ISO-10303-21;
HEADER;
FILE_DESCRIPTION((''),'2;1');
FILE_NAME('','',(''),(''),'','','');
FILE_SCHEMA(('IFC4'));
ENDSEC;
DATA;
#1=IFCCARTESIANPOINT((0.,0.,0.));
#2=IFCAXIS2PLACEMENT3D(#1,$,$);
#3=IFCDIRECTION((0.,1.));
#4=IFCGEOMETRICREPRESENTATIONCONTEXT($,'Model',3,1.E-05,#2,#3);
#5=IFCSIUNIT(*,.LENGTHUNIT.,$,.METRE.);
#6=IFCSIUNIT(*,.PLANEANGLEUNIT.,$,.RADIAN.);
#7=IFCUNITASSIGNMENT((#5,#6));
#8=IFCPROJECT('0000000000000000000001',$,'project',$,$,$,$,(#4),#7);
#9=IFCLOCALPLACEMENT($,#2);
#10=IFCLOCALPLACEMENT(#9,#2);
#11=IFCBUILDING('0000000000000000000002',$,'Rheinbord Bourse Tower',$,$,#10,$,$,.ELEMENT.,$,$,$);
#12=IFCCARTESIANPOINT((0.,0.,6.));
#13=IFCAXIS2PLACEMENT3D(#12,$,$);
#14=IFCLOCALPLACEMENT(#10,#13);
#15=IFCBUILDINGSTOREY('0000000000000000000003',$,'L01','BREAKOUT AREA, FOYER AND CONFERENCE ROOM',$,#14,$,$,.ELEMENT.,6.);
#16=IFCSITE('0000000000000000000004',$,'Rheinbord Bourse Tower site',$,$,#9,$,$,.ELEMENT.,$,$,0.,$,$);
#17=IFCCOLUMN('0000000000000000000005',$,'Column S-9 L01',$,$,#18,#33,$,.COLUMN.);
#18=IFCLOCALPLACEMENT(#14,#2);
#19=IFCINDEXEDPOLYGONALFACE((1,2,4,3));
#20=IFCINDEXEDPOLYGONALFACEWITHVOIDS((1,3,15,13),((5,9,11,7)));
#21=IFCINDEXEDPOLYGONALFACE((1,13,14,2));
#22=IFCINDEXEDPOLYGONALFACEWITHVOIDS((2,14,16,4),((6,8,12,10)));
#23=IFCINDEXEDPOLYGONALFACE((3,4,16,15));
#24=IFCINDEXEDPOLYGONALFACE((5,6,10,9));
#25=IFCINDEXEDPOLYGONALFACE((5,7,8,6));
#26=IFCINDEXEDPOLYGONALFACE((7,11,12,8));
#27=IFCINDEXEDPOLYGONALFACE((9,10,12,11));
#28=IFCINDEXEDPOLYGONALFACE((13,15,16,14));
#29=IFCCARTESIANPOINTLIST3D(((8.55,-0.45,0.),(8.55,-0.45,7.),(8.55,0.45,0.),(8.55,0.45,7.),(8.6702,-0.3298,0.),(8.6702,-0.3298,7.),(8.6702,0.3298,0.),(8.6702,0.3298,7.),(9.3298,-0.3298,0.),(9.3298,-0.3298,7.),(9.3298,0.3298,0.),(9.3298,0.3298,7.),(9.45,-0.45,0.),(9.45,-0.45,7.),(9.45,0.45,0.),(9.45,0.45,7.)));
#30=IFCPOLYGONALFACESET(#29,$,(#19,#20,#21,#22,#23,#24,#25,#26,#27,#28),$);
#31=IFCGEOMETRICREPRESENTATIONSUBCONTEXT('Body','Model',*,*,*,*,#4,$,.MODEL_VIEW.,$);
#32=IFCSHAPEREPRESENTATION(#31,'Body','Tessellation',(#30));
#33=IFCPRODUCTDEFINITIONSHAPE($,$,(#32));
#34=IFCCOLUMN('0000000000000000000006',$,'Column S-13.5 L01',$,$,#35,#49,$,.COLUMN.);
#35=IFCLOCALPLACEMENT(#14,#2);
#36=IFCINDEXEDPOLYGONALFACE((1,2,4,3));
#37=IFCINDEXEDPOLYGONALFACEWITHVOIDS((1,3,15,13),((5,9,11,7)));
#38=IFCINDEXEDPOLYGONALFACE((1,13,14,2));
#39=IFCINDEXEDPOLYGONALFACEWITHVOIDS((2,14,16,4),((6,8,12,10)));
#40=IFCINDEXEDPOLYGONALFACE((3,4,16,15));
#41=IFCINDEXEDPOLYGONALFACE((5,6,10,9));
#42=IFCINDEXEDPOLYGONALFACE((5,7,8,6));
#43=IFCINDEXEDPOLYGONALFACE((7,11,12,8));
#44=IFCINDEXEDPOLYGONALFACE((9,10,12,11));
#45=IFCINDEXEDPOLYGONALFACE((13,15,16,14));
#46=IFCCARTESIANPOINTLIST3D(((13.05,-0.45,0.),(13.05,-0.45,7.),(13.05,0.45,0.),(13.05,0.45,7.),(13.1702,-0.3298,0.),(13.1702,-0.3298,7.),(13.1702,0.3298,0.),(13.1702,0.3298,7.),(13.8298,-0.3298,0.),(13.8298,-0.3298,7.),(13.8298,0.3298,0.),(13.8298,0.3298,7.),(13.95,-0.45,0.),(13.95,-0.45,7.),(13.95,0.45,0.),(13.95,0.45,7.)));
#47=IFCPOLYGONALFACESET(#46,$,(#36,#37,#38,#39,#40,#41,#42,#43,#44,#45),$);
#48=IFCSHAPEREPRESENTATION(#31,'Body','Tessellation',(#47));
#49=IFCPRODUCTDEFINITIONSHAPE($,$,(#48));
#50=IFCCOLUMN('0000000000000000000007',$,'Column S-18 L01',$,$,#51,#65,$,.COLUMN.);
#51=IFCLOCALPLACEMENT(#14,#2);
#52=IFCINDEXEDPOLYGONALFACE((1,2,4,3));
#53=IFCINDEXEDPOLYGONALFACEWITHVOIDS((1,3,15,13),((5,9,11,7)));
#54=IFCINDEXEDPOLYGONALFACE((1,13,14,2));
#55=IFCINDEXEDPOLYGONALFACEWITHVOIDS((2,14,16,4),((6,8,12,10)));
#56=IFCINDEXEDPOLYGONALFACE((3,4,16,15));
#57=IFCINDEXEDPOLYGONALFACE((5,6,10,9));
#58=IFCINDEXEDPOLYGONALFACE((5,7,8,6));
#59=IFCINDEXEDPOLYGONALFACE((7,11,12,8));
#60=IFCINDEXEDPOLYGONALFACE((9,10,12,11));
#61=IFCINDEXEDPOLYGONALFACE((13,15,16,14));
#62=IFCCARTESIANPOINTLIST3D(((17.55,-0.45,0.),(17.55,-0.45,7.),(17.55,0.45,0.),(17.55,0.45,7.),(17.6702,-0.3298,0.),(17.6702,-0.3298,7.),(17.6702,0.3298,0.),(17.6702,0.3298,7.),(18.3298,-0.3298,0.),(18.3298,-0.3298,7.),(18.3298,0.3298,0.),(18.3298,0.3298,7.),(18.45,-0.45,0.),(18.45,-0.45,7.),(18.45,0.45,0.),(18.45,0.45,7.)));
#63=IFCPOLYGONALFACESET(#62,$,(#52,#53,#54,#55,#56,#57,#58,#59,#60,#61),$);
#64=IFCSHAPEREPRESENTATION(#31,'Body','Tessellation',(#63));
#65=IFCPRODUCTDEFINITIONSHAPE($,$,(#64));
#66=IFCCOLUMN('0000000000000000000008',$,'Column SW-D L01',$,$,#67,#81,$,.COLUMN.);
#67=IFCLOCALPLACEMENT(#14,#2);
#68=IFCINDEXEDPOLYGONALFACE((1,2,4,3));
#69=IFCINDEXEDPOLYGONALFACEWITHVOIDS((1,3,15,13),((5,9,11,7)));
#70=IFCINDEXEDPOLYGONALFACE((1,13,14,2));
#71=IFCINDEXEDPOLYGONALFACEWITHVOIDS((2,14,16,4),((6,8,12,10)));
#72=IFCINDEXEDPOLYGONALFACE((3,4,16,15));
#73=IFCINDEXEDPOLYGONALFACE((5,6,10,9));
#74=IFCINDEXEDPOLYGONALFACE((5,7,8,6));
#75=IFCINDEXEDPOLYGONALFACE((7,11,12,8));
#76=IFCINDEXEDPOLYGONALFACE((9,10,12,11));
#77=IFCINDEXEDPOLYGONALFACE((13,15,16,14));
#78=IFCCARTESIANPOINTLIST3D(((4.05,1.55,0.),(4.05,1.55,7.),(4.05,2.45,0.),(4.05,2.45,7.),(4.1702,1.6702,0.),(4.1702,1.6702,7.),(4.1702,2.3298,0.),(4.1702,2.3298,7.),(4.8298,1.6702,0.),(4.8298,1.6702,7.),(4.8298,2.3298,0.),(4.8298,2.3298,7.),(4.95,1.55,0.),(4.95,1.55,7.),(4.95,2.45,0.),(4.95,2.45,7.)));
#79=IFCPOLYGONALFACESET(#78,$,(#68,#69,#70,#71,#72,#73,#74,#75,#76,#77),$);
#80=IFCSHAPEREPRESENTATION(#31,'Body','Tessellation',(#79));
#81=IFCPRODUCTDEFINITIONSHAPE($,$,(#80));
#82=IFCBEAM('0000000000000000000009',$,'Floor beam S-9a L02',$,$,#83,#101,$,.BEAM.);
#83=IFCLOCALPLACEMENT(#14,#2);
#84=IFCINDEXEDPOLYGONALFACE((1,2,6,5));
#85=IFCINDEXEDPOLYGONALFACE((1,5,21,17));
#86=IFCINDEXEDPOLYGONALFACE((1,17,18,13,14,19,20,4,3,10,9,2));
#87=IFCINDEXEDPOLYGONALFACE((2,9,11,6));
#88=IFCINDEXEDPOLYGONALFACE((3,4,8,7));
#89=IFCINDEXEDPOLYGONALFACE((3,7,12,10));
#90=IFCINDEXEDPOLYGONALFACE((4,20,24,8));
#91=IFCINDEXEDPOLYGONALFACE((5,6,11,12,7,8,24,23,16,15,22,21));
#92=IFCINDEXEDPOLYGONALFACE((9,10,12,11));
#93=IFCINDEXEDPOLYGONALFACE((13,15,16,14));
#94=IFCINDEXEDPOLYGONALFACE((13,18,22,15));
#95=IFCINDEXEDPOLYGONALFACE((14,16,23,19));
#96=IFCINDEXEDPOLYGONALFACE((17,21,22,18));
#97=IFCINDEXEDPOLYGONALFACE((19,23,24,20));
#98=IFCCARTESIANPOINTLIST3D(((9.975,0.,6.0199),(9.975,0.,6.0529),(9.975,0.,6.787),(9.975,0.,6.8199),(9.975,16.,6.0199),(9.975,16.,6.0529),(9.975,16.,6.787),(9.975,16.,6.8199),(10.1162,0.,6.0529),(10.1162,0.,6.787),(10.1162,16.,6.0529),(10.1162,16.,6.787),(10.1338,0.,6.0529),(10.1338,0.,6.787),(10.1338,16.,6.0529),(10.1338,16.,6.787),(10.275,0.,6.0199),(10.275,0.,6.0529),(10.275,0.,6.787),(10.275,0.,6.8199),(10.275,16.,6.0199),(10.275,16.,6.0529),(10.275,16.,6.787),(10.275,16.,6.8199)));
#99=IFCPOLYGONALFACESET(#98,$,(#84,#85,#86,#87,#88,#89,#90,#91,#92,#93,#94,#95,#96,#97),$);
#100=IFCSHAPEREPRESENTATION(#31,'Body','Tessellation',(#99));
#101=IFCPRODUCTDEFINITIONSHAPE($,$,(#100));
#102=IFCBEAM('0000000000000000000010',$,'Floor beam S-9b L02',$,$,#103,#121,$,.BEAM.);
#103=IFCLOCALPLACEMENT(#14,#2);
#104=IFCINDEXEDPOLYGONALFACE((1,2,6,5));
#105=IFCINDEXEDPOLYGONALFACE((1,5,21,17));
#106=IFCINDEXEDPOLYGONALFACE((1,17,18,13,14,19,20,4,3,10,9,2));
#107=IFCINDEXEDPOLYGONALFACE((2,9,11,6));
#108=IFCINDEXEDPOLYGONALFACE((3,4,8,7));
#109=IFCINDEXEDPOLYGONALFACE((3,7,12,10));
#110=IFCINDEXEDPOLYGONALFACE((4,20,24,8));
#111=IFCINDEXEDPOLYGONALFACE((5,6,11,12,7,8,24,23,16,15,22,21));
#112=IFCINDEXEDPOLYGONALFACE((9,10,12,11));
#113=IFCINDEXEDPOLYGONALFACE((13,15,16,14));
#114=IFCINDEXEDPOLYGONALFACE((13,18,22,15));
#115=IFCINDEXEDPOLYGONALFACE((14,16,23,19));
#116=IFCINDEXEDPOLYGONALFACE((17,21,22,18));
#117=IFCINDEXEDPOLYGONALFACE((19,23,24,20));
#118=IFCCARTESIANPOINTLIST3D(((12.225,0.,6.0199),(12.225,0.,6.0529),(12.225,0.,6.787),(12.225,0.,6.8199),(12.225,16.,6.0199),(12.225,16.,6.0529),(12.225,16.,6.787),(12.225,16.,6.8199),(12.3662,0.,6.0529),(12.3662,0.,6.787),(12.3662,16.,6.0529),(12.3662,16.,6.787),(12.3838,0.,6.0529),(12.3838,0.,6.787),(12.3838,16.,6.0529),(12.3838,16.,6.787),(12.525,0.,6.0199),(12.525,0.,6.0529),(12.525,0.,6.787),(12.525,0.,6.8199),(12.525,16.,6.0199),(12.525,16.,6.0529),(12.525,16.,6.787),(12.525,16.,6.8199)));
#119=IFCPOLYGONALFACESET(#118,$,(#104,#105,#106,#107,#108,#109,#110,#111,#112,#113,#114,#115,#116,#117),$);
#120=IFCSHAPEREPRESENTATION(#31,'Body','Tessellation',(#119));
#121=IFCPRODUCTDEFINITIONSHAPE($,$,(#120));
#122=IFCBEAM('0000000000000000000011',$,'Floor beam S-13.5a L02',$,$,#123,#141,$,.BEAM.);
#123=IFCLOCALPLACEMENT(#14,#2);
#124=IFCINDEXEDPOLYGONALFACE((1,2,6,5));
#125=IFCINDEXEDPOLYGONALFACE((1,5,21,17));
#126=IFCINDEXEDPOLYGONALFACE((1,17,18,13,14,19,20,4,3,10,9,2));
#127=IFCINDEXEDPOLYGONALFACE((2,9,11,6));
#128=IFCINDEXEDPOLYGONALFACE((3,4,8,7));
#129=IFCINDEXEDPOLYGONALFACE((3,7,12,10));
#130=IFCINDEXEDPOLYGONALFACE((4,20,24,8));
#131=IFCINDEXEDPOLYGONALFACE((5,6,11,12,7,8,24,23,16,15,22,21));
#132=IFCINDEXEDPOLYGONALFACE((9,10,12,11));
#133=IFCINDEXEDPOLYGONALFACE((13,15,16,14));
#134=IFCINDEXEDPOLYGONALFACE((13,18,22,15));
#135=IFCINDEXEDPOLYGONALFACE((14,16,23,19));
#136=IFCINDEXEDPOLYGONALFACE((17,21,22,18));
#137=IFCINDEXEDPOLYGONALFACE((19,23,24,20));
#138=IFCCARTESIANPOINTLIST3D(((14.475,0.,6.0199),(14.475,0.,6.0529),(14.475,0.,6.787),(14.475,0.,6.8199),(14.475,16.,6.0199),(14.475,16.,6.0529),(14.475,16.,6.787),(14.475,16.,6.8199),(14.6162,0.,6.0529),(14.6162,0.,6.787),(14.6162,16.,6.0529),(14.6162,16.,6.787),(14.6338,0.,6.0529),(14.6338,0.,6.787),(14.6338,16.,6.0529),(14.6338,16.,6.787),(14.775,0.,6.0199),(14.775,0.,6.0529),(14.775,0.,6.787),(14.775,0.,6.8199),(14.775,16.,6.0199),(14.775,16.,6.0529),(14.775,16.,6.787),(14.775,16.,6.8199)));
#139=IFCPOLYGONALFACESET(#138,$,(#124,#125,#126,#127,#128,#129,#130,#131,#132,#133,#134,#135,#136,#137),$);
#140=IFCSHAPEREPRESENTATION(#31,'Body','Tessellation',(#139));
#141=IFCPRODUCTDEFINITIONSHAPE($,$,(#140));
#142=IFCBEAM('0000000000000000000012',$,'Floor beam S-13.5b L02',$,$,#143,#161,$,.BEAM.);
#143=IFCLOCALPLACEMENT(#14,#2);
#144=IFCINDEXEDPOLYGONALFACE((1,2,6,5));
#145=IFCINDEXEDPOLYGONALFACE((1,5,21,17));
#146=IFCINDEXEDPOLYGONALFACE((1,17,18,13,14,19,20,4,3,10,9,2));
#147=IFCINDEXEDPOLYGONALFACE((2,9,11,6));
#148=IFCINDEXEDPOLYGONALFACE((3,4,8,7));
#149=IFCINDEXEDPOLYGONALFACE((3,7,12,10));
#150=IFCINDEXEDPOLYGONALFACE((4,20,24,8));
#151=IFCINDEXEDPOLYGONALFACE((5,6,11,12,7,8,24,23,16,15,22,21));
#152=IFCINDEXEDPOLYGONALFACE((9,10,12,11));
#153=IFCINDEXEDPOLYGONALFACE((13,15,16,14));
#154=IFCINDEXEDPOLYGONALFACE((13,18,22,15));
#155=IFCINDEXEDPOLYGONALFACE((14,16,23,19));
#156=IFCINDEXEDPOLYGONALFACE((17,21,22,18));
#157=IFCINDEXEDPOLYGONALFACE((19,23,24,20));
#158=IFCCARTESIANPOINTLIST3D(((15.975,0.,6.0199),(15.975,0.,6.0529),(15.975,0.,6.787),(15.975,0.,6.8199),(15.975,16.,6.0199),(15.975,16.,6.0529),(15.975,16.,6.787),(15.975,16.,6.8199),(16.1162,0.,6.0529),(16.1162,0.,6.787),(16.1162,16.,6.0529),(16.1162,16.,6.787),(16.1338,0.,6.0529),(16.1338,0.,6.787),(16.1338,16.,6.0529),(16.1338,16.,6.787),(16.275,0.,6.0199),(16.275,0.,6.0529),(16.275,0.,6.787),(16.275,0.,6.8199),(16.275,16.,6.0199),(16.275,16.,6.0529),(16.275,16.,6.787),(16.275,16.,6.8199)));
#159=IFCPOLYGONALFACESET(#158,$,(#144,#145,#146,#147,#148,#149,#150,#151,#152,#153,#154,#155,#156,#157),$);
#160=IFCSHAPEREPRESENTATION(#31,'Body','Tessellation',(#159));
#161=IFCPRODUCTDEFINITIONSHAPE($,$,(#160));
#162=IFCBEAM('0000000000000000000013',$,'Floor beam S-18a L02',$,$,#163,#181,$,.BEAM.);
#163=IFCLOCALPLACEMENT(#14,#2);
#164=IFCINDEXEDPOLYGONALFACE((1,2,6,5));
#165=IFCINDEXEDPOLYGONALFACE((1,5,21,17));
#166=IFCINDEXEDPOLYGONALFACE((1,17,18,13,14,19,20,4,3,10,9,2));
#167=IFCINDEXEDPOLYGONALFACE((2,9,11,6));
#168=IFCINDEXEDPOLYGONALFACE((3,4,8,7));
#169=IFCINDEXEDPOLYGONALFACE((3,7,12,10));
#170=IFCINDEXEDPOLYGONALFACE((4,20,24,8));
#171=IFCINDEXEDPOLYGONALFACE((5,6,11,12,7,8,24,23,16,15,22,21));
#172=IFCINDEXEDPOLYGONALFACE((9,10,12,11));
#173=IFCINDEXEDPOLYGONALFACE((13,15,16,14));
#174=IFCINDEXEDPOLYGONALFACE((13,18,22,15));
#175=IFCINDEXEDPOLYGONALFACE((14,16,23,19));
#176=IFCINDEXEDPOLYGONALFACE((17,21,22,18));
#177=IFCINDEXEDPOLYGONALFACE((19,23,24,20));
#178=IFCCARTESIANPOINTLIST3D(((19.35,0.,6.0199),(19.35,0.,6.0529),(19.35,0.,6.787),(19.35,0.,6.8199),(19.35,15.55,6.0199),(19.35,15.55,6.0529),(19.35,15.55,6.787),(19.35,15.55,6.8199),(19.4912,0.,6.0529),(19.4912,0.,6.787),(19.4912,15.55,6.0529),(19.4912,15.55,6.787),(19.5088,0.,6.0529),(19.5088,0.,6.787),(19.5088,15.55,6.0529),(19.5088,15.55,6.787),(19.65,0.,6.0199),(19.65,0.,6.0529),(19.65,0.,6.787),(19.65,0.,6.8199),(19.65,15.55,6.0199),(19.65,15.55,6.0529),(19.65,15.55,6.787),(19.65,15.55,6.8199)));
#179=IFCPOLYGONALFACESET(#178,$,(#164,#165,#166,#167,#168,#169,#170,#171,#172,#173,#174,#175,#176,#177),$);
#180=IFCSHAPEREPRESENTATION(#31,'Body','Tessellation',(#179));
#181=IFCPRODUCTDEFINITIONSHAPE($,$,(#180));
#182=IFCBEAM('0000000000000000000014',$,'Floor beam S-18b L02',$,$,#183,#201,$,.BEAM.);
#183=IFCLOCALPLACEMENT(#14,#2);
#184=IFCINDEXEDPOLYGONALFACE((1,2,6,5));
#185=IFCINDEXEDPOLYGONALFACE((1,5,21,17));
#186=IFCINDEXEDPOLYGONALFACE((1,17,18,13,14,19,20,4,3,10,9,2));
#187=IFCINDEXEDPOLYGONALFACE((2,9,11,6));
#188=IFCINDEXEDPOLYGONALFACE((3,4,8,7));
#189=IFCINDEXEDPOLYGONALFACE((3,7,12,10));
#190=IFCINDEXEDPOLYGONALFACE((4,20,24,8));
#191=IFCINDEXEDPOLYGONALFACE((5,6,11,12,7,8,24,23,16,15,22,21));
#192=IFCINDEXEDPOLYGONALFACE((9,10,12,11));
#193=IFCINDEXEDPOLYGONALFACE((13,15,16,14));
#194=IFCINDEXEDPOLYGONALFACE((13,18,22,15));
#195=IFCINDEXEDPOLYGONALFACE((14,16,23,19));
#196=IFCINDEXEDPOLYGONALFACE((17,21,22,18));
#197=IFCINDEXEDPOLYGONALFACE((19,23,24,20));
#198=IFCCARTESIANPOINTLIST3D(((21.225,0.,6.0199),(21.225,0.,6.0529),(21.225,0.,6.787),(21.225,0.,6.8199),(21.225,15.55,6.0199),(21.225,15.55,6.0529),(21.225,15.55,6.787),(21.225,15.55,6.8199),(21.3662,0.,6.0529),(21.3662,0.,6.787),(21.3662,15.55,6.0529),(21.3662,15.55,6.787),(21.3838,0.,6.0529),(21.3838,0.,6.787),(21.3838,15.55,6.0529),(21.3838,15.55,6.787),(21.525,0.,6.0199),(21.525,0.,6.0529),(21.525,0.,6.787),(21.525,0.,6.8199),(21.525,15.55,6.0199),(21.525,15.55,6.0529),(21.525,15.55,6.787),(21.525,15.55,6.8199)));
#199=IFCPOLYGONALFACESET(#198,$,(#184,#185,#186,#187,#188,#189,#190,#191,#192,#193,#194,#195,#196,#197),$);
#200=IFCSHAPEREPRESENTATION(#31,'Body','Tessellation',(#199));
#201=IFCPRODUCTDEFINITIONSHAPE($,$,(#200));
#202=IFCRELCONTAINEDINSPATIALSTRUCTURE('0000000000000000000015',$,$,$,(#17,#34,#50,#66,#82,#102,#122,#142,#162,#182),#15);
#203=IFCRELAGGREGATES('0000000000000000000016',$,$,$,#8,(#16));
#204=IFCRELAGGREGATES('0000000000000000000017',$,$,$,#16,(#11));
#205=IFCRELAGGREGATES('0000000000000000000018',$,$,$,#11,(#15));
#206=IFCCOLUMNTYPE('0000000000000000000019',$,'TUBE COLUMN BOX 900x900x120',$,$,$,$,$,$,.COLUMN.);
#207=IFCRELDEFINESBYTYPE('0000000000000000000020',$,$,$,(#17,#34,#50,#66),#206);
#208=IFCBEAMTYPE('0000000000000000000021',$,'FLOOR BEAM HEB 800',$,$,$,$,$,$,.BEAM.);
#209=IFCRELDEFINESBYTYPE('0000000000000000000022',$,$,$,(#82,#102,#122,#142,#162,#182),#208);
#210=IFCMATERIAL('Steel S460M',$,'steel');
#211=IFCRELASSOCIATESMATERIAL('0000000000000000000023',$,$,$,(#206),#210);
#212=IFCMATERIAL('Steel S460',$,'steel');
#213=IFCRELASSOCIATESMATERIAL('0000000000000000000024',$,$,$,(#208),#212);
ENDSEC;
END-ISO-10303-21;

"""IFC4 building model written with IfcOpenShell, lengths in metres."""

from ifc_helpers import new_model, si_unit, direction, frame, origin, origin_2d, place, context, subcontext, project, spatial, hollow_rectangle, i_section, extrude, material, material_profile, profile_set, type_object, element, save


model = new_model("IFC4")

# Units and contexts
model_context = context("Model", 3, precision=1e-05, world=origin(), true_north=direction((0.0, 1.0)))
body_context = subcontext(model_context, "Body", "Model", "MODEL_VIEW")
ifc_project = project(units=[si_unit("LENGTHUNIT", "METRE"), si_unit("PLANEANGLEUNIT", "RADIAN")], contexts=[model_context])

# Site, building, storey
site_placement = place(None, origin())
site = spatial("IfcSite", under=ifc_project, at=site_placement, Name="Rheinbord Bourse Tower site", CompositionType="ELEMENT", RefElevation=0.0)
building_placement = place(site_placement, origin())
building = spatial("IfcBuilding", under=site, at=building_placement, Name="Rheinbord Bourse Tower", CompositionType="ELEMENT")
storey_placement = place(building_placement, frame((0.0, 0.0, 6.0)))
storey = spatial("IfcBuildingStorey", under=building, at=storey_placement, Name="L01", Description="BREAKOUT AREA, FOYER AND CONFERENCE ROOM", CompositionType="ELEMENT", Elevation=6.0)

# Columns
ifc_material_1 = material(Name="Steel S460M", Category="steel")
ifc_material_profile_1 = material_profile(ifc_material_1, hollow_rectangle(XDim=0.8999, YDim=0.8999, WallThickness=0.1201, at=origin_2d()), Name="BOX 900x900x120")
ifc_profile_set_1 = profile_set([ifc_material_profile_1], Name="Steel S460M")
column_type = type_object("IfcColumnType", Name="TUBE COLUMN BOX 900x900x120", PredefinedType="COLUMN", material=ifc_profile_set_1)
for number, where, z_axis, x_axis, name in (
    (1, (9.0, 0.0, 0.0), (0.0, 0.0, 1.0), (0.0, 1.0, 0.0), "Column S-9 L01"),
    (2, (13.5, 0.0, 0.0), (0.0, 0.0, 1.0), (0.0, 1.0, 0.0), "Column S-13.5 L01"),
    (3, (18.0, 0.0, 0.0), (0.0, 0.0, 1.0), (0.0, 1.0, 0.0), "Column S-18 L01"),
    (4, (4.5, 2.0, 0.0), (0.0, 0.0, 1.0), (0.0, 1.0, 0.0), "Column SW-D L01"),
):
    element("IfcColumn", number, at=place(storey_placement, frame(where, z_axis=z_axis, x_axis=x_axis)), inside=storey, type_object=column_type, Name=name, PredefinedType="COLUMN", context=body_context, shape_type="SweptSolid", body=[
        extrude(hollow_rectangle(XDim=0.8999, YDim=0.8999, WallThickness=0.1201, at=origin_2d()), origin(), (0.0, 0.0, 1.0), 7.0),
    ])

# Beams
ifc_material_2 = material(Name="Steel S460", Category="steel")
ifc_material_profile_2 = material_profile(ifc_material_2, i_section(OverallWidth=0.3, OverallDepth=0.8, WebThickness=0.0176, FlangeThickness=0.033, at=origin_2d()), Name="HEB 800")
ifc_profile_set_2 = profile_set([ifc_material_profile_2], Name="Steel S460")
beam_type_1 = type_object("IfcBeamType", Name="FLOOR BEAM HEB 800", PredefinedType="BEAM", material=ifc_profile_set_2)
for number, where, z_axis, x_axis, name in (
    (5, (10.125, 0.0, 6.4199), (0.0, 1.0, 0.0), (-1.0, 0.0, 0.0), "Floor beam S-9a L02"),
    (6, (12.375, 0.0, 6.4199), (0.0, 1.0, 0.0), (-1.0, 0.0, 0.0), "Floor beam S-9b L02"),
    (7, (14.625, 0.0, 6.4199), (0.0, 1.0, 0.0), (-1.0, 0.0, 0.0), "Floor beam S-13.5a L02"),
    (8, (16.125, 0.0, 6.4199), (0.0, 1.0, 0.0), (-1.0, 0.0, 0.0), "Floor beam S-13.5b L02"),
):
    element("IfcBeam", number, at=place(storey_placement, frame(where, z_axis=z_axis, x_axis=x_axis)), inside=storey, type_object=beam_type_1, Name=name, PredefinedType="BEAM", context=body_context, shape_type="SweptSolid", body=[
        extrude(i_section(OverallWidth=0.3, OverallDepth=0.8, WebThickness=0.0176, FlangeThickness=0.033, at=origin_2d()), origin(), (0.0, 0.0, 1.0), 16.0),
    ])
for number, where, z_axis, x_axis, name in (
    (9, (19.5, 0.0, 6.4199), (0.0, 1.0, 0.0), (-1.0, 0.0, 0.0), "Floor beam S-18a L02"),
    (10, (21.375, 0.0, 6.4199), (0.0, 1.0, 0.0), (-1.0, 0.0, 0.0), "Floor beam S-18b L02"),
):
    element("IfcBeam", number, at=place(storey_placement, frame(where, z_axis=z_axis, x_axis=x_axis)), inside=storey, type_object=beam_type_1, Name=name, PredefinedType="BEAM", context=body_context, shape_type="SweptSolid", body=[
        extrude(i_section(OverallWidth=0.3, OverallDepth=0.8, WebThickness=0.0176, FlangeThickness=0.033, at=origin_2d()), origin(), (0.0, 0.0, 1.0), 15.55),
    ])

save(model, "model.ifc")
